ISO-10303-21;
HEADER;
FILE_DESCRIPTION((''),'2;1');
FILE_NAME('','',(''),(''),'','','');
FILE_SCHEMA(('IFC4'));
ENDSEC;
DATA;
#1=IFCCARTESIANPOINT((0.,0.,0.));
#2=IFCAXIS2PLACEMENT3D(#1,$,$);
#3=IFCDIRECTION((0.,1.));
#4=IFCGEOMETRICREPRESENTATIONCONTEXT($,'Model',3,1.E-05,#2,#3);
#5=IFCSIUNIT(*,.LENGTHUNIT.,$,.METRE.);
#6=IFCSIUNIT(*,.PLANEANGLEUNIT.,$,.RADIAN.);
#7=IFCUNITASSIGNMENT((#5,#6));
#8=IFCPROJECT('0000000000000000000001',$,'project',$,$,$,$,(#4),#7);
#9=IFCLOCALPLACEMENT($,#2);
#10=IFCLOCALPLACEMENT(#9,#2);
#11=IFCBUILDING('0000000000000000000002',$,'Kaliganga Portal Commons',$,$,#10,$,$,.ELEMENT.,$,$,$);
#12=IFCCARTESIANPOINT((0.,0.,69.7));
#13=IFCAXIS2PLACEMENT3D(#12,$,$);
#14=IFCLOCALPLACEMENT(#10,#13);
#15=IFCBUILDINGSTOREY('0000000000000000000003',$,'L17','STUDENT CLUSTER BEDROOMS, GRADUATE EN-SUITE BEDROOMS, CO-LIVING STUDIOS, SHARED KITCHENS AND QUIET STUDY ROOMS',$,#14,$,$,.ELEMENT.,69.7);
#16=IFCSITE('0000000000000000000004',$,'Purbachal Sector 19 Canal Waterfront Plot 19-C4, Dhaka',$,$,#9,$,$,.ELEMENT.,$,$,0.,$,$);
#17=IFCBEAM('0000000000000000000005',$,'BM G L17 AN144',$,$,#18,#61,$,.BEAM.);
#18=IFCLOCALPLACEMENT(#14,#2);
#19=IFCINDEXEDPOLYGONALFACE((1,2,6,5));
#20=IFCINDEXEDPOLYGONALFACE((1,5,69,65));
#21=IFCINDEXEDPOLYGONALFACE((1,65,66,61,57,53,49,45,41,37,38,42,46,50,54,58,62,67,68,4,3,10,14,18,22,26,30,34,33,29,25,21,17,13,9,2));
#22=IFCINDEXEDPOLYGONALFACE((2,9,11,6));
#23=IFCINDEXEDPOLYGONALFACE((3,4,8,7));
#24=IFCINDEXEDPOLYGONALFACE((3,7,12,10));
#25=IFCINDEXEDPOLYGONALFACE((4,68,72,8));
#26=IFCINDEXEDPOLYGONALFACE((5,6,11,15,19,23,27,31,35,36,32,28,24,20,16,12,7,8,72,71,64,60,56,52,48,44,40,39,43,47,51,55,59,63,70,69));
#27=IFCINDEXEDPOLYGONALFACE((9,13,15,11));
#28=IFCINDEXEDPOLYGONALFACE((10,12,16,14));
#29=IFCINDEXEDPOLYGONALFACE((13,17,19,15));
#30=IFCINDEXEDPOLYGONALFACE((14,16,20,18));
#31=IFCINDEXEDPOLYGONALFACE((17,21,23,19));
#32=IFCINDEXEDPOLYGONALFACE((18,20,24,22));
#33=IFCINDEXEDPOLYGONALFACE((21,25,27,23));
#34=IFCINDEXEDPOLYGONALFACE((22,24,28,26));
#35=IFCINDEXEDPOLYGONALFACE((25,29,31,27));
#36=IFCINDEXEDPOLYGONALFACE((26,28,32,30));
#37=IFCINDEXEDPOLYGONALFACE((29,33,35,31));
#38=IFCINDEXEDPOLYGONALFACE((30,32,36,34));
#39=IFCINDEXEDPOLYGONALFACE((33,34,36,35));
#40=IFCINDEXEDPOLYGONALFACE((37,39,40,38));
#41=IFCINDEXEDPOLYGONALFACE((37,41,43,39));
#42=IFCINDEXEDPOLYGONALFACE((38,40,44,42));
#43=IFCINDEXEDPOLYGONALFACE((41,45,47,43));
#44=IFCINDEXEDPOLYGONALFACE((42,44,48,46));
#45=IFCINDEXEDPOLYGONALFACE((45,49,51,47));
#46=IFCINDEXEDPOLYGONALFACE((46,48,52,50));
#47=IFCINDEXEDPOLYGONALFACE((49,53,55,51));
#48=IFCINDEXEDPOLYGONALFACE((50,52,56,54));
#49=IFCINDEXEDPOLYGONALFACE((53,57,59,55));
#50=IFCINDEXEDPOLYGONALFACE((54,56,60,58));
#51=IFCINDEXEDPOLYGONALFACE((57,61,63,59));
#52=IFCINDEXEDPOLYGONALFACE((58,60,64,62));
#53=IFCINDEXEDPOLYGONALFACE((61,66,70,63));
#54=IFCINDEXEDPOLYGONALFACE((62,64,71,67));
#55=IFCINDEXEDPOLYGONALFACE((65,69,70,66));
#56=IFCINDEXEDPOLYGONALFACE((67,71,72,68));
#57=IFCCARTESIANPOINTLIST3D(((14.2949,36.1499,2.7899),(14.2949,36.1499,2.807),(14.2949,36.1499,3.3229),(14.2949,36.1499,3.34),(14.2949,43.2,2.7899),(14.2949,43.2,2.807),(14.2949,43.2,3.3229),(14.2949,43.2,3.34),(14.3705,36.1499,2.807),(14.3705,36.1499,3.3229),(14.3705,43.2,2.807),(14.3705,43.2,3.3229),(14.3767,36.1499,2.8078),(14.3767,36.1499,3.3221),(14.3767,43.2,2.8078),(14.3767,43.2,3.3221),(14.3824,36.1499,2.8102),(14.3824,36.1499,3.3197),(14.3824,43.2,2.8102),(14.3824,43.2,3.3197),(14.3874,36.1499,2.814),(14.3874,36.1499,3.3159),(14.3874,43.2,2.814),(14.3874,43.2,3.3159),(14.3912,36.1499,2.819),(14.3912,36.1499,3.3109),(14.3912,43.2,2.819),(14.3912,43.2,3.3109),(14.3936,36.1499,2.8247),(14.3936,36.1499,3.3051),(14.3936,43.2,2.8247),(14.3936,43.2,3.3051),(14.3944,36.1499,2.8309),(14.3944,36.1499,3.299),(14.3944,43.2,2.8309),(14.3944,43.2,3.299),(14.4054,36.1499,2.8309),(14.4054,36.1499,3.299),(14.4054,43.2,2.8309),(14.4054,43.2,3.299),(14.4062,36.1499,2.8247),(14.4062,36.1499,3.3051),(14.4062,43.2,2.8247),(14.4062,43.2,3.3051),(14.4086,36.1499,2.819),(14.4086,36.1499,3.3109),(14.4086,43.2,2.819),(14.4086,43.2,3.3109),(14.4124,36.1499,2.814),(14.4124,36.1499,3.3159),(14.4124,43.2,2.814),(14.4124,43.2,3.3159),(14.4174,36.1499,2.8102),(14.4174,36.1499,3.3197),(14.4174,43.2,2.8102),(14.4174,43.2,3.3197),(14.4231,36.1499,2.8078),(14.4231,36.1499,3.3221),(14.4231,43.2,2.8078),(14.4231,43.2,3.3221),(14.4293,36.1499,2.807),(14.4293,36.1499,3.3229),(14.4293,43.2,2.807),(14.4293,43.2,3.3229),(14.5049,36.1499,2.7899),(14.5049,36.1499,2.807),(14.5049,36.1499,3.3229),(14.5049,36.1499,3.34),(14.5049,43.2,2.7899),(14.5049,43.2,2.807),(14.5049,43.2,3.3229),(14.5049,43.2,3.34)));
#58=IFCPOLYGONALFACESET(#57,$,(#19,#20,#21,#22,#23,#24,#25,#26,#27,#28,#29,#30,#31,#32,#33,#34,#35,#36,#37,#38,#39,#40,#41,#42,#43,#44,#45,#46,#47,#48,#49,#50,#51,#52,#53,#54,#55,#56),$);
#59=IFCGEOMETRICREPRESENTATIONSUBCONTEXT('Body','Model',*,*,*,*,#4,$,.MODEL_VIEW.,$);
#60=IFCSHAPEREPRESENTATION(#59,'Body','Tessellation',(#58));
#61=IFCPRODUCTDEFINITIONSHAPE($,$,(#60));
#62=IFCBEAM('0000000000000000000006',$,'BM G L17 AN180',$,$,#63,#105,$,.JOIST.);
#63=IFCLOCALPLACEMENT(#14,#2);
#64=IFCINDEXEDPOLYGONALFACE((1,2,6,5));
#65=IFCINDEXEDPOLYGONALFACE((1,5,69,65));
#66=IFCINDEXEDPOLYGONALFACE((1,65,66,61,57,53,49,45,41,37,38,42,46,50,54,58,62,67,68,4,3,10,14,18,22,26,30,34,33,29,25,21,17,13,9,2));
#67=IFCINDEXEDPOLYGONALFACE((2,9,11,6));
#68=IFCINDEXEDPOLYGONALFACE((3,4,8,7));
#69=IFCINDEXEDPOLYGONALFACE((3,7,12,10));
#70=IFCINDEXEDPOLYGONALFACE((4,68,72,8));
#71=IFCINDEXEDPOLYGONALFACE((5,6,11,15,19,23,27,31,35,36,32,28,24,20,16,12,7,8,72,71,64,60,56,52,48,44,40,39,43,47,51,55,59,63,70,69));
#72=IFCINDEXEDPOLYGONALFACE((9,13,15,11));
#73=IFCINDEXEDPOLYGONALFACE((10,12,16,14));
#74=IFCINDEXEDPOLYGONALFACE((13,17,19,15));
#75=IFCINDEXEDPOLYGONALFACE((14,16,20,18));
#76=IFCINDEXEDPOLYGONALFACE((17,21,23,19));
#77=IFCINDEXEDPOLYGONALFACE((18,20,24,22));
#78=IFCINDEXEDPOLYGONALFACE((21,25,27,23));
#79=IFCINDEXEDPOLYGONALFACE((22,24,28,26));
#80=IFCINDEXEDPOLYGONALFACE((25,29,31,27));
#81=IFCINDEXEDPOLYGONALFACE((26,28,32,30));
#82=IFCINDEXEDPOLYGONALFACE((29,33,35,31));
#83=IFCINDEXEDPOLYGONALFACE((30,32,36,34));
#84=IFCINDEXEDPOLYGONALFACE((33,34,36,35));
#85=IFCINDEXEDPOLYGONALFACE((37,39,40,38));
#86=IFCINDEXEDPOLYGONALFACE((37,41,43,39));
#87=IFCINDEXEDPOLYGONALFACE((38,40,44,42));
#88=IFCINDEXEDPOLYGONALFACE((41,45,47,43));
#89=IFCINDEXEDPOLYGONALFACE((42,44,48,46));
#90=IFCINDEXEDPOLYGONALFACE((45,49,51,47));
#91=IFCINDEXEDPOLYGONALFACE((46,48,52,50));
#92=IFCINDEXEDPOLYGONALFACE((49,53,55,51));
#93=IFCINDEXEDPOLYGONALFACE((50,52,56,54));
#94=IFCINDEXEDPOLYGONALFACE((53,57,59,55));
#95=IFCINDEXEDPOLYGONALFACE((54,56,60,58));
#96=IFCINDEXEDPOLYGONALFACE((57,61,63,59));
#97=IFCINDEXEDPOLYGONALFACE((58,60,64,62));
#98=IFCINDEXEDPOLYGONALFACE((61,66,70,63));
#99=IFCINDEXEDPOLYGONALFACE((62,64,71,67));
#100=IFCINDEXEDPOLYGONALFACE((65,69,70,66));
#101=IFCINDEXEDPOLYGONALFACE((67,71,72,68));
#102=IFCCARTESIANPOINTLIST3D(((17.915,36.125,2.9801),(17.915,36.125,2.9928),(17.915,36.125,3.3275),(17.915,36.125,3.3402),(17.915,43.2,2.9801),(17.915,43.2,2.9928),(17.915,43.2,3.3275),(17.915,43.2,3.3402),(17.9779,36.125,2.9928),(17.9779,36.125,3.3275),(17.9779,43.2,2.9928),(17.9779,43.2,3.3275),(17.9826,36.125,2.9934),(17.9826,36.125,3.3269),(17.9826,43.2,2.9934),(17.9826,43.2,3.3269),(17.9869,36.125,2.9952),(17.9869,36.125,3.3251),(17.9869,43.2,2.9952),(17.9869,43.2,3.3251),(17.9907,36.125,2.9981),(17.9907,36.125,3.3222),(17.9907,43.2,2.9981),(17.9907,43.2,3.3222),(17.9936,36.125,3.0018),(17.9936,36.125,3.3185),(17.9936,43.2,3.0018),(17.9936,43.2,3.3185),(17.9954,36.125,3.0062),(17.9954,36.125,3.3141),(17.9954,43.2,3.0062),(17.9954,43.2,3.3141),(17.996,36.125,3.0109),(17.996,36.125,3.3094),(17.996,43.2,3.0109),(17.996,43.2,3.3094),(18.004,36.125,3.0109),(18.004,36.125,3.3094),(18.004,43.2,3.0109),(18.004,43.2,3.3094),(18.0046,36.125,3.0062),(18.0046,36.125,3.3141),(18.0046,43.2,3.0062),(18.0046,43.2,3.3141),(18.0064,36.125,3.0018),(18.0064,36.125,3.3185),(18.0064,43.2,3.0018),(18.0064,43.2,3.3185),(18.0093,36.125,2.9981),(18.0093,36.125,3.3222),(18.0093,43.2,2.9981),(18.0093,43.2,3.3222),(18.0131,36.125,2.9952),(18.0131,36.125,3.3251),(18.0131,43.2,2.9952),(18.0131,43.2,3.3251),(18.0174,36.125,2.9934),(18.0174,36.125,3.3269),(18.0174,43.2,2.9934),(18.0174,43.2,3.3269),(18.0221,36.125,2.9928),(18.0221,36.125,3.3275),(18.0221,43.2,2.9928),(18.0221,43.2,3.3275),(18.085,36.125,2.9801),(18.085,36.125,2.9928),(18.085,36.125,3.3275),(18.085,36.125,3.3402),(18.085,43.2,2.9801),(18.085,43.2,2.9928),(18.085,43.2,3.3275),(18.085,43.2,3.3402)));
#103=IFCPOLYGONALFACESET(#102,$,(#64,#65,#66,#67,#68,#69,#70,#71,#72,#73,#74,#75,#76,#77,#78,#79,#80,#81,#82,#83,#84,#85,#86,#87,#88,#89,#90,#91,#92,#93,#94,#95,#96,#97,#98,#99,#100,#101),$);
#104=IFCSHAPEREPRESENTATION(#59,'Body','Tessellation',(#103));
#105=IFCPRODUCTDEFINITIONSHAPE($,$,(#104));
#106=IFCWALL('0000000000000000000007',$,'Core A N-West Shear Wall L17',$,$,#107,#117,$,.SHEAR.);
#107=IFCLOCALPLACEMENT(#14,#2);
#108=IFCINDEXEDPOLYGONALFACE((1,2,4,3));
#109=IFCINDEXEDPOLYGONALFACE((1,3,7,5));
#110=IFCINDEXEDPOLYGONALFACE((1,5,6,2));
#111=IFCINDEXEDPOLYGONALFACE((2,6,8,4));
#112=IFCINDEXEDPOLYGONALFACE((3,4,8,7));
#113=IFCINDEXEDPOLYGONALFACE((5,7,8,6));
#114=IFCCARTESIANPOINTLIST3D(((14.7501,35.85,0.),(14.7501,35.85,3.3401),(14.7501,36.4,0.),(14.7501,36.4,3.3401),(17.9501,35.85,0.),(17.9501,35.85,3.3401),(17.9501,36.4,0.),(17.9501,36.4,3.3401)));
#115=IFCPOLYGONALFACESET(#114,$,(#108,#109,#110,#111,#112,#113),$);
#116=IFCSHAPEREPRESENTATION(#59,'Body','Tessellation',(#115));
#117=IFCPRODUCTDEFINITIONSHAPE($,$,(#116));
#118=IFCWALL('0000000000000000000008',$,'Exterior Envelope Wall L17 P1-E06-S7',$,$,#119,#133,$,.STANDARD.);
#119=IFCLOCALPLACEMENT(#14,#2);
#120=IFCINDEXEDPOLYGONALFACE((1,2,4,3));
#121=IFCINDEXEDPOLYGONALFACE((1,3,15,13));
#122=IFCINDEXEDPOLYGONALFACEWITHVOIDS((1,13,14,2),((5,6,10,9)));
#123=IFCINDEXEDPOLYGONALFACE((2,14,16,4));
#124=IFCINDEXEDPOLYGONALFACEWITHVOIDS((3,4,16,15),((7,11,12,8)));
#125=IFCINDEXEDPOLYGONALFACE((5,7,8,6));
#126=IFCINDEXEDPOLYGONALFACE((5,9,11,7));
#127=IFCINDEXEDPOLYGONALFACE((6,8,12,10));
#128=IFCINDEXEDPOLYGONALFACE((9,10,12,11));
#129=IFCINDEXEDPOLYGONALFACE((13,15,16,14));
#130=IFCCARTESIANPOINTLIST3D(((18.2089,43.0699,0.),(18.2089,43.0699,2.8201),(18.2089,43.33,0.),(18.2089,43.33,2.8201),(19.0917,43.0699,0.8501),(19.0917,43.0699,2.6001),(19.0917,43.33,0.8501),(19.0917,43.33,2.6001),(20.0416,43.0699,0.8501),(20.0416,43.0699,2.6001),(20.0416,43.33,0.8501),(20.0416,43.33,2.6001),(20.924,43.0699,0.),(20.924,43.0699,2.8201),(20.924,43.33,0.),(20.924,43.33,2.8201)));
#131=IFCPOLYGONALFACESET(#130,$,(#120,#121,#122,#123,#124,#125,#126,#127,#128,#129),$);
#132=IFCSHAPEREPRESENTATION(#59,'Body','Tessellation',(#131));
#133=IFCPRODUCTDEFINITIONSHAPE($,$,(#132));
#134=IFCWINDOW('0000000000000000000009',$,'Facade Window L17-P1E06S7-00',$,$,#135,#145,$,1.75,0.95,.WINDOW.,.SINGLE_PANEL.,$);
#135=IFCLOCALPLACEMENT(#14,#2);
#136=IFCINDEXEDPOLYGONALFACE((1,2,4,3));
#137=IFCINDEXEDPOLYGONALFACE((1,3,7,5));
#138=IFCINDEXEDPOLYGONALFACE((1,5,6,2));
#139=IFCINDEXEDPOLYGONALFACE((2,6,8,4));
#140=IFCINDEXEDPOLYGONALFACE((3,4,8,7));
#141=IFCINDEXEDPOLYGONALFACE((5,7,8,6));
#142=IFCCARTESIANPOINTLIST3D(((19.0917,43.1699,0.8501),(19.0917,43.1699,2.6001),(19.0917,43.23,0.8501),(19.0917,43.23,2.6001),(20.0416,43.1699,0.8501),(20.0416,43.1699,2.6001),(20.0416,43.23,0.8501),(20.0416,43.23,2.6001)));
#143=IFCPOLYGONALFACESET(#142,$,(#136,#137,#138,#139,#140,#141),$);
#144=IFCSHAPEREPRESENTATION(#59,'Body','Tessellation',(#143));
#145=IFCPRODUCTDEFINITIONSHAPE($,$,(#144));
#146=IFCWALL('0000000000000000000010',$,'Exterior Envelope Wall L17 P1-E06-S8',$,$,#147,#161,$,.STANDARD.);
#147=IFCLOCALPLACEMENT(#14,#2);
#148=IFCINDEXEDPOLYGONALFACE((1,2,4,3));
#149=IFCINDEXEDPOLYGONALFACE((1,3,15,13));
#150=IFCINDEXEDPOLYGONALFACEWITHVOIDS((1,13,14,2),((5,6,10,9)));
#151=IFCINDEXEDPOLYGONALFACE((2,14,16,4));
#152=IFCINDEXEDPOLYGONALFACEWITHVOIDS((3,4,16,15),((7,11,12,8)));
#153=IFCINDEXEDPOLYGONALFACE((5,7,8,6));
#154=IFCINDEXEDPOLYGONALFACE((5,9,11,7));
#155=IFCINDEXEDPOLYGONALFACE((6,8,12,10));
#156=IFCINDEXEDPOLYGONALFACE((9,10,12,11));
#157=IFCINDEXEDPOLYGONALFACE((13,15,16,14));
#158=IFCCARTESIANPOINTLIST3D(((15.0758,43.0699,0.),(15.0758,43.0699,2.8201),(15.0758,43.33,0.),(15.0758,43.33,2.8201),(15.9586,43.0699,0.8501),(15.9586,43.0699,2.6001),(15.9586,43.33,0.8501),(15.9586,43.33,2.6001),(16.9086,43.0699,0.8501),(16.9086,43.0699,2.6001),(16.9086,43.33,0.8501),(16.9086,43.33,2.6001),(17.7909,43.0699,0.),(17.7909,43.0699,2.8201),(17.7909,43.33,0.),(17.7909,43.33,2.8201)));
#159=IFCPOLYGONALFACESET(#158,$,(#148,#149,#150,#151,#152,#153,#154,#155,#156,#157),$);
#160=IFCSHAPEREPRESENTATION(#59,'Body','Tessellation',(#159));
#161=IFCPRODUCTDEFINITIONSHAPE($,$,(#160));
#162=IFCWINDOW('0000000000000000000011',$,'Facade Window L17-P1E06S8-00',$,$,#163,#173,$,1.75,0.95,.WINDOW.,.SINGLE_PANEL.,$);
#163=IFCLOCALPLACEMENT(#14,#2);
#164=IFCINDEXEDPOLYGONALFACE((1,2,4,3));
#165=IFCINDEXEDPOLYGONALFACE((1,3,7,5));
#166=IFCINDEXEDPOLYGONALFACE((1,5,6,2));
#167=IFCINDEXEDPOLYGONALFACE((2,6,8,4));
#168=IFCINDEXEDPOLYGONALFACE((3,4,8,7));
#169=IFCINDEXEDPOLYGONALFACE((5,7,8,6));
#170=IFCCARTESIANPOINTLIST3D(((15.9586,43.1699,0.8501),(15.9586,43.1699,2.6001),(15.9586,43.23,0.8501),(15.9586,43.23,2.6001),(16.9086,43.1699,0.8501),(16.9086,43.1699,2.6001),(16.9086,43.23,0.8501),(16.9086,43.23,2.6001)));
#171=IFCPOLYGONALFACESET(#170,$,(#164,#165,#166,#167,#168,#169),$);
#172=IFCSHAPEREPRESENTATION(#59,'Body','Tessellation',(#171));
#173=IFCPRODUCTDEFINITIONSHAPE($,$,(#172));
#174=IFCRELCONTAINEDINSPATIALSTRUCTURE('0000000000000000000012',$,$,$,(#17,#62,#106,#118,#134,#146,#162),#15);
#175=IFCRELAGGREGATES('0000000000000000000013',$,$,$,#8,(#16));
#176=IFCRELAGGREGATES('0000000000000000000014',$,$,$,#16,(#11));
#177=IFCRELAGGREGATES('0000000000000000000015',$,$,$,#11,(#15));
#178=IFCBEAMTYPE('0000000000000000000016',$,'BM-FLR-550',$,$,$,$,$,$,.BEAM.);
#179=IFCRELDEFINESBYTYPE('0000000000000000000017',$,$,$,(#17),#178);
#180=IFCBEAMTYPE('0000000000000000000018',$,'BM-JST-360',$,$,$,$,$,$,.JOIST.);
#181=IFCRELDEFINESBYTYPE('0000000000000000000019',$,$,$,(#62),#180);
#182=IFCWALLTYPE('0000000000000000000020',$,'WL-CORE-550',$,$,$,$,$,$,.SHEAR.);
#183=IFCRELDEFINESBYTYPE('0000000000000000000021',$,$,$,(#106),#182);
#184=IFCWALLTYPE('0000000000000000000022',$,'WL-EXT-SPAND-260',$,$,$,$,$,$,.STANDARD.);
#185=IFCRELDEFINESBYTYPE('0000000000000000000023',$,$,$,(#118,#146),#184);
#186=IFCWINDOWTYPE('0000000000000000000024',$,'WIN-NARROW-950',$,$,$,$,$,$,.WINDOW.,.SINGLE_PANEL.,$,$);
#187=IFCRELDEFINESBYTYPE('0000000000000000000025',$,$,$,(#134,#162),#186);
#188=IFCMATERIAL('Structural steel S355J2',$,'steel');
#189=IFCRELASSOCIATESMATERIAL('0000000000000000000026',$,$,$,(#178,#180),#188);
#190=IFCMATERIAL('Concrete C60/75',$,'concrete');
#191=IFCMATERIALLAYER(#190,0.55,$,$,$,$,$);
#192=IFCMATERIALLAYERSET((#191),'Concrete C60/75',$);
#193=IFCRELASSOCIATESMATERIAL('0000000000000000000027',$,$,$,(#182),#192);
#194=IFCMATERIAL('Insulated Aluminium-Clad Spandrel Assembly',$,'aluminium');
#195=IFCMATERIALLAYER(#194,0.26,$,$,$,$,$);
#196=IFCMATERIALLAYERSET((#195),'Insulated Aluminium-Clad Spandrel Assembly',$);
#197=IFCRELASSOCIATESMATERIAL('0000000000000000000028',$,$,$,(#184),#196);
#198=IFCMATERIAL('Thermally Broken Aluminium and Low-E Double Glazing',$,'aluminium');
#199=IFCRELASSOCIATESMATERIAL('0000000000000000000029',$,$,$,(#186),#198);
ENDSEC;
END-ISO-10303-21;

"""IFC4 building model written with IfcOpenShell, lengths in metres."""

from ifc_helpers import new_model, si_unit, direction, frame, frame_2d, origin, origin_2d, place, context, subcontext, project, spatial, rectangle, i_section, extrude, source, transform, mapped, material, layer, layer_set, material_profile, profile_set, type_object, element, fill, save


model = new_model("IFC4")

# Units and contexts
model_context = context("Model", 3, precision=1e-05, world=origin(), true_north=direction((0.0, 1.0)))
body_context = subcontext(model_context, "Body", "Model", "MODEL_VIEW")
ifc_project = project(units=[si_unit("LENGTHUNIT", "METRE"), si_unit("PLANEANGLEUNIT", "RADIAN")], contexts=[model_context])

# Site, building, storey
site_placement = place(None, origin())
site = spatial("IfcSite", under=ifc_project, at=site_placement, Name="Purbachal Sector 19 Canal Waterfront Plot 19-C4, Dhaka", CompositionType="ELEMENT", RefElevation=0.0)
building_placement = place(site_placement, origin())
building = spatial("IfcBuilding", under=site, at=building_placement, Name="Kaliganga Portal Commons", CompositionType="ELEMENT")
storey_placement = place(building_placement, frame((0.0, 0.0, 69.7)))
storey = spatial("IfcBuildingStorey", under=building, at=storey_placement, Name="L17", Description="STUDENT CLUSTER BEDROOMS, GRADUATE EN-SUITE BEDROOMS, CO-LIVING STUDIOS, SHARED KITCHENS AND QUIET STUDY ROOMS", CompositionType="ELEMENT", Elevation=69.7)

# Beams
ifc_material_1 = material(Name="Concrete C60/75", Category="concrete")
ifc_material_2 = material(Name="Structural steel S355J2", Category="steel")
ifc_material_profile_1 = material_profile(ifc_material_2, i_section(OverallWidth=0.21, OverallDepth=0.55, WebThickness=0.011, FlangeThickness=0.0171, FilletRadius=0.0239, at=origin_2d()), Name="IPE 550")
ifc_profile_set_1 = profile_set([ifc_material_profile_1], Name="Structural steel S355J2 wide-flange")
beam_type_1 = type_object("IfcBeamType", Name="BM-FLR-550", PredefinedType="BEAM", material=ifc_profile_set_1)
shared_shape_1 = source(origin(), body_context, "Body", "SweptSolid", [
    extrude(i_section(OverallWidth=0.21, OverallDepth=0.55, WebThickness=0.011, FlangeThickness=0.0171, FilletRadius=0.0239, at=origin_2d()), origin(), (0.0, 0.0, 1.0), 7.05),
])
beam_1_placement = place(storey_placement, frame((14.3999, 36.1499, 3.0649), z_axis=(0.0, 1.0, 0.0), x_axis=(-1.0, 0.0, 0.0)))
element("IfcBeam", 1, at=beam_1_placement, inside=storey, type_object=beam_type_1, Name="BM G L17 AN144", PredefinedType="BEAM", context=body_context, shape_type="MappedRepresentation", body=[
    mapped(shared_shape_1, transform((0.0, 0.0, 0.0), x_axis=(1.0, 0.0, 0.0), y_axis=(0.0, 1.0, 0.0), z_axis=(0.0, 0.0, 1.0), scale=1.0)),
])
ifc_material_profile_2 = material_profile(ifc_material_2, i_section(OverallWidth=0.1699, OverallDepth=0.3601, WebThickness=0.0081, FlangeThickness=0.0127, FilletRadius=0.0181, at=origin_2d()), Name="IPE 360")
ifc_profile_set_2 = profile_set([ifc_material_profile_2], Name="Structural steel S355J2 wide-flange")
beam_type_2 = type_object("IfcBeamType", Name="BM-JST-360", PredefinedType="JOIST", material=ifc_profile_set_2)
shared_shape_2 = source(origin(), body_context, "Body", "SweptSolid", [
    extrude(i_section(OverallWidth=0.1699, OverallDepth=0.3601, WebThickness=0.0081, FlangeThickness=0.0127, FilletRadius=0.0181, at=origin_2d()), origin(), (0.0, 0.0, 1.0), 7.075),
])
beam_2_placement = place(storey_placement, frame((18.0, 36.125, 3.1602), z_axis=(0.0, 1.0, 0.0), x_axis=(-1.0, 0.0, 0.0)))
element("IfcBeam", 2, at=beam_2_placement, inside=storey, type_object=beam_type_2, Name="BM G L17 AN180", PredefinedType="JOIST", context=body_context, shape_type="MappedRepresentation", body=[
    mapped(shared_shape_2, transform((0.0, 0.0, 0.0), x_axis=(1.0, 0.0, 0.0), y_axis=(0.0, 1.0, 0.0), z_axis=(0.0, 0.0, 1.0), scale=1.0)),
])

# Wall
ifc_layer_1 = layer(ifc_material_1, 0.55)
ifc_layer_set_1 = layer_set([ifc_layer_1], Name="Concrete C60/75")
wall_type_1 = type_object("IfcWallType", Name="WL-CORE-550", PredefinedType="SHEAR", material=ifc_layer_set_1)
wall_1_placement = place(storey_placement, frame((14.75, 36.125, 0.0), z_axis=(0.0, 0.0, 1.0), x_axis=(1.0, 0.0, 0.0)))
element("IfcWall", 3, at=wall_1_placement, inside=storey, type_object=wall_type_1, Name="Core A N-West Shear Wall L17", PredefinedType="SHEAR", context=body_context, shape_type="SweptSolid", body=[
    extrude(rectangle(XDim=3.2, YDim=0.55, at=frame_2d((1.6001, 0.0))), origin(), (0.0, 0.0, 1.0), 3.3401),
])

# Walls, openings, windows
ifc_material_3 = material(Name="Insulated Aluminium-Clad Spandrel Assembly", Category="aluminium")
ifc_layer_2 = layer(ifc_material_3, 0.26)
ifc_layer_set_2 = layer_set([ifc_layer_2], Name="Insulated Aluminium-Clad Spandrel Assembly")
wall_type_2 = type_object("IfcWallType", Name="WL-EXT-SPAND-260", PredefinedType="STANDARD", material=ifc_layer_set_2)
wall_2_placement = place(storey_placement, frame((18.209, 43.2, 0.0), z_axis=(0.0, 0.0, 1.0), x_axis=(1.0, 0.0, 0.0)))
wall_2 = element("IfcWall", 4, at=wall_2_placement, inside=storey, type_object=wall_type_2, Name="Exterior Envelope Wall L17 P1-E06-S7", PredefinedType="STANDARD", context=body_context, shape_type="SweptSolid", body=[
    extrude(rectangle(XDim=2.7151, YDim=0.26, at=frame_2d((1.3574, 0.0))), origin(), (0.0, 0.0, 1.0), 2.8201),
])
opening_1_placement = place(wall_2_placement, frame((0.8826, 0.0, 0.8501)))
opening_1 = element("IfcOpeningElement", 5, at=opening_1_placement, cuts=wall_2, PredefinedType="OPENING", context=body_context, shape_type="SweptSolid", body=[
    extrude(rectangle(XDim=0.95, YDim=1.75, at=frame_2d((0.4751, 0.875))), frame((0.0, 0.1401, 0.0), z_axis=(0.0, -1.0, 0.0), x_axis=(1.0, 0.0, 0.0)), (0.0, 0.0, 1.0), 0.28),
])
ifc_material_4 = material(Name="Thermally Broken Aluminium and Low-E Double Glazing", Category="aluminium")
window_type = type_object("IfcWindowType", Name="WIN-NARROW-950", PartitioningType="SINGLE_PANEL", PredefinedType="WINDOW", material=ifc_material_4)
window_1_placement = place(opening_1_placement, origin())
window_1 = element("IfcWindow", 6, at=window_1_placement, inside=storey, type_object=window_type, Name="Facade Window L17-P1E06S7-00", OverallHeight=1.75, OverallWidth=0.95, PartitioningType="SINGLE_PANEL", PredefinedType="WINDOW", context=body_context, shape_type="SweptSolid", body=[
    extrude(rectangle(XDim=0.95, YDim=1.75, at=frame_2d((0.4751, 0.875))), frame((0.0, 0.03, 0.0), z_axis=(0.0, -1.0, 0.0), x_axis=(1.0, 0.0, 0.0)), (0.0, 0.0, 1.0), 0.0601),
])
fill(opening_1, window_1)
wall_3_placement = place(storey_placement, frame((15.0759, 43.2, 0.0), z_axis=(0.0, 0.0, 1.0), x_axis=(1.0, 0.0, 0.0)))
wall_3 = element("IfcWall", 7, at=wall_3_placement, inside=storey, type_object=wall_type_2, Name="Exterior Envelope Wall L17 P1-E06-S8", PredefinedType="STANDARD", context=body_context, shape_type="SweptSolid", body=[
    extrude(rectangle(XDim=2.7151, YDim=0.26, at=frame_2d((1.3574, 0.0))), origin(), (0.0, 0.0, 1.0), 2.8201),
])
opening_2_placement = place(wall_3_placement, frame((0.8826, 0.0, 0.8501)))
opening_2 = element("IfcOpeningElement", 8, at=opening_2_placement, cuts=wall_3, PredefinedType="OPENING", context=body_context, shape_type="SweptSolid", body=[
    extrude(rectangle(XDim=0.95, YDim=1.75, at=frame_2d((0.4751, 0.875))), frame((0.0, 0.1401, 0.0), z_axis=(0.0, -1.0, 0.0), x_axis=(1.0, 0.0, 0.0)), (0.0, 0.0, 1.0), 0.28),
])
window_2_placement = place(opening_2_placement, origin())
window_2 = element("IfcWindow", 9, at=window_2_placement, inside=storey, type_object=window_type, Name="Facade Window L17-P1E06S8-00", OverallHeight=1.75, OverallWidth=0.95, PartitioningType="SINGLE_PANEL", PredefinedType="WINDOW", context=body_context, shape_type="SweptSolid", body=[
    extrude(rectangle(XDim=0.95, YDim=1.75, at=frame_2d((0.4751, 0.875))), frame((0.0, 0.03, 0.0), z_axis=(0.0, -1.0, 0.0), x_axis=(1.0, 0.0, 0.0)), (0.0, 0.0, 1.0), 0.0601),
])
fill(opening_2, window_2)

save(model, "model.ifc")
